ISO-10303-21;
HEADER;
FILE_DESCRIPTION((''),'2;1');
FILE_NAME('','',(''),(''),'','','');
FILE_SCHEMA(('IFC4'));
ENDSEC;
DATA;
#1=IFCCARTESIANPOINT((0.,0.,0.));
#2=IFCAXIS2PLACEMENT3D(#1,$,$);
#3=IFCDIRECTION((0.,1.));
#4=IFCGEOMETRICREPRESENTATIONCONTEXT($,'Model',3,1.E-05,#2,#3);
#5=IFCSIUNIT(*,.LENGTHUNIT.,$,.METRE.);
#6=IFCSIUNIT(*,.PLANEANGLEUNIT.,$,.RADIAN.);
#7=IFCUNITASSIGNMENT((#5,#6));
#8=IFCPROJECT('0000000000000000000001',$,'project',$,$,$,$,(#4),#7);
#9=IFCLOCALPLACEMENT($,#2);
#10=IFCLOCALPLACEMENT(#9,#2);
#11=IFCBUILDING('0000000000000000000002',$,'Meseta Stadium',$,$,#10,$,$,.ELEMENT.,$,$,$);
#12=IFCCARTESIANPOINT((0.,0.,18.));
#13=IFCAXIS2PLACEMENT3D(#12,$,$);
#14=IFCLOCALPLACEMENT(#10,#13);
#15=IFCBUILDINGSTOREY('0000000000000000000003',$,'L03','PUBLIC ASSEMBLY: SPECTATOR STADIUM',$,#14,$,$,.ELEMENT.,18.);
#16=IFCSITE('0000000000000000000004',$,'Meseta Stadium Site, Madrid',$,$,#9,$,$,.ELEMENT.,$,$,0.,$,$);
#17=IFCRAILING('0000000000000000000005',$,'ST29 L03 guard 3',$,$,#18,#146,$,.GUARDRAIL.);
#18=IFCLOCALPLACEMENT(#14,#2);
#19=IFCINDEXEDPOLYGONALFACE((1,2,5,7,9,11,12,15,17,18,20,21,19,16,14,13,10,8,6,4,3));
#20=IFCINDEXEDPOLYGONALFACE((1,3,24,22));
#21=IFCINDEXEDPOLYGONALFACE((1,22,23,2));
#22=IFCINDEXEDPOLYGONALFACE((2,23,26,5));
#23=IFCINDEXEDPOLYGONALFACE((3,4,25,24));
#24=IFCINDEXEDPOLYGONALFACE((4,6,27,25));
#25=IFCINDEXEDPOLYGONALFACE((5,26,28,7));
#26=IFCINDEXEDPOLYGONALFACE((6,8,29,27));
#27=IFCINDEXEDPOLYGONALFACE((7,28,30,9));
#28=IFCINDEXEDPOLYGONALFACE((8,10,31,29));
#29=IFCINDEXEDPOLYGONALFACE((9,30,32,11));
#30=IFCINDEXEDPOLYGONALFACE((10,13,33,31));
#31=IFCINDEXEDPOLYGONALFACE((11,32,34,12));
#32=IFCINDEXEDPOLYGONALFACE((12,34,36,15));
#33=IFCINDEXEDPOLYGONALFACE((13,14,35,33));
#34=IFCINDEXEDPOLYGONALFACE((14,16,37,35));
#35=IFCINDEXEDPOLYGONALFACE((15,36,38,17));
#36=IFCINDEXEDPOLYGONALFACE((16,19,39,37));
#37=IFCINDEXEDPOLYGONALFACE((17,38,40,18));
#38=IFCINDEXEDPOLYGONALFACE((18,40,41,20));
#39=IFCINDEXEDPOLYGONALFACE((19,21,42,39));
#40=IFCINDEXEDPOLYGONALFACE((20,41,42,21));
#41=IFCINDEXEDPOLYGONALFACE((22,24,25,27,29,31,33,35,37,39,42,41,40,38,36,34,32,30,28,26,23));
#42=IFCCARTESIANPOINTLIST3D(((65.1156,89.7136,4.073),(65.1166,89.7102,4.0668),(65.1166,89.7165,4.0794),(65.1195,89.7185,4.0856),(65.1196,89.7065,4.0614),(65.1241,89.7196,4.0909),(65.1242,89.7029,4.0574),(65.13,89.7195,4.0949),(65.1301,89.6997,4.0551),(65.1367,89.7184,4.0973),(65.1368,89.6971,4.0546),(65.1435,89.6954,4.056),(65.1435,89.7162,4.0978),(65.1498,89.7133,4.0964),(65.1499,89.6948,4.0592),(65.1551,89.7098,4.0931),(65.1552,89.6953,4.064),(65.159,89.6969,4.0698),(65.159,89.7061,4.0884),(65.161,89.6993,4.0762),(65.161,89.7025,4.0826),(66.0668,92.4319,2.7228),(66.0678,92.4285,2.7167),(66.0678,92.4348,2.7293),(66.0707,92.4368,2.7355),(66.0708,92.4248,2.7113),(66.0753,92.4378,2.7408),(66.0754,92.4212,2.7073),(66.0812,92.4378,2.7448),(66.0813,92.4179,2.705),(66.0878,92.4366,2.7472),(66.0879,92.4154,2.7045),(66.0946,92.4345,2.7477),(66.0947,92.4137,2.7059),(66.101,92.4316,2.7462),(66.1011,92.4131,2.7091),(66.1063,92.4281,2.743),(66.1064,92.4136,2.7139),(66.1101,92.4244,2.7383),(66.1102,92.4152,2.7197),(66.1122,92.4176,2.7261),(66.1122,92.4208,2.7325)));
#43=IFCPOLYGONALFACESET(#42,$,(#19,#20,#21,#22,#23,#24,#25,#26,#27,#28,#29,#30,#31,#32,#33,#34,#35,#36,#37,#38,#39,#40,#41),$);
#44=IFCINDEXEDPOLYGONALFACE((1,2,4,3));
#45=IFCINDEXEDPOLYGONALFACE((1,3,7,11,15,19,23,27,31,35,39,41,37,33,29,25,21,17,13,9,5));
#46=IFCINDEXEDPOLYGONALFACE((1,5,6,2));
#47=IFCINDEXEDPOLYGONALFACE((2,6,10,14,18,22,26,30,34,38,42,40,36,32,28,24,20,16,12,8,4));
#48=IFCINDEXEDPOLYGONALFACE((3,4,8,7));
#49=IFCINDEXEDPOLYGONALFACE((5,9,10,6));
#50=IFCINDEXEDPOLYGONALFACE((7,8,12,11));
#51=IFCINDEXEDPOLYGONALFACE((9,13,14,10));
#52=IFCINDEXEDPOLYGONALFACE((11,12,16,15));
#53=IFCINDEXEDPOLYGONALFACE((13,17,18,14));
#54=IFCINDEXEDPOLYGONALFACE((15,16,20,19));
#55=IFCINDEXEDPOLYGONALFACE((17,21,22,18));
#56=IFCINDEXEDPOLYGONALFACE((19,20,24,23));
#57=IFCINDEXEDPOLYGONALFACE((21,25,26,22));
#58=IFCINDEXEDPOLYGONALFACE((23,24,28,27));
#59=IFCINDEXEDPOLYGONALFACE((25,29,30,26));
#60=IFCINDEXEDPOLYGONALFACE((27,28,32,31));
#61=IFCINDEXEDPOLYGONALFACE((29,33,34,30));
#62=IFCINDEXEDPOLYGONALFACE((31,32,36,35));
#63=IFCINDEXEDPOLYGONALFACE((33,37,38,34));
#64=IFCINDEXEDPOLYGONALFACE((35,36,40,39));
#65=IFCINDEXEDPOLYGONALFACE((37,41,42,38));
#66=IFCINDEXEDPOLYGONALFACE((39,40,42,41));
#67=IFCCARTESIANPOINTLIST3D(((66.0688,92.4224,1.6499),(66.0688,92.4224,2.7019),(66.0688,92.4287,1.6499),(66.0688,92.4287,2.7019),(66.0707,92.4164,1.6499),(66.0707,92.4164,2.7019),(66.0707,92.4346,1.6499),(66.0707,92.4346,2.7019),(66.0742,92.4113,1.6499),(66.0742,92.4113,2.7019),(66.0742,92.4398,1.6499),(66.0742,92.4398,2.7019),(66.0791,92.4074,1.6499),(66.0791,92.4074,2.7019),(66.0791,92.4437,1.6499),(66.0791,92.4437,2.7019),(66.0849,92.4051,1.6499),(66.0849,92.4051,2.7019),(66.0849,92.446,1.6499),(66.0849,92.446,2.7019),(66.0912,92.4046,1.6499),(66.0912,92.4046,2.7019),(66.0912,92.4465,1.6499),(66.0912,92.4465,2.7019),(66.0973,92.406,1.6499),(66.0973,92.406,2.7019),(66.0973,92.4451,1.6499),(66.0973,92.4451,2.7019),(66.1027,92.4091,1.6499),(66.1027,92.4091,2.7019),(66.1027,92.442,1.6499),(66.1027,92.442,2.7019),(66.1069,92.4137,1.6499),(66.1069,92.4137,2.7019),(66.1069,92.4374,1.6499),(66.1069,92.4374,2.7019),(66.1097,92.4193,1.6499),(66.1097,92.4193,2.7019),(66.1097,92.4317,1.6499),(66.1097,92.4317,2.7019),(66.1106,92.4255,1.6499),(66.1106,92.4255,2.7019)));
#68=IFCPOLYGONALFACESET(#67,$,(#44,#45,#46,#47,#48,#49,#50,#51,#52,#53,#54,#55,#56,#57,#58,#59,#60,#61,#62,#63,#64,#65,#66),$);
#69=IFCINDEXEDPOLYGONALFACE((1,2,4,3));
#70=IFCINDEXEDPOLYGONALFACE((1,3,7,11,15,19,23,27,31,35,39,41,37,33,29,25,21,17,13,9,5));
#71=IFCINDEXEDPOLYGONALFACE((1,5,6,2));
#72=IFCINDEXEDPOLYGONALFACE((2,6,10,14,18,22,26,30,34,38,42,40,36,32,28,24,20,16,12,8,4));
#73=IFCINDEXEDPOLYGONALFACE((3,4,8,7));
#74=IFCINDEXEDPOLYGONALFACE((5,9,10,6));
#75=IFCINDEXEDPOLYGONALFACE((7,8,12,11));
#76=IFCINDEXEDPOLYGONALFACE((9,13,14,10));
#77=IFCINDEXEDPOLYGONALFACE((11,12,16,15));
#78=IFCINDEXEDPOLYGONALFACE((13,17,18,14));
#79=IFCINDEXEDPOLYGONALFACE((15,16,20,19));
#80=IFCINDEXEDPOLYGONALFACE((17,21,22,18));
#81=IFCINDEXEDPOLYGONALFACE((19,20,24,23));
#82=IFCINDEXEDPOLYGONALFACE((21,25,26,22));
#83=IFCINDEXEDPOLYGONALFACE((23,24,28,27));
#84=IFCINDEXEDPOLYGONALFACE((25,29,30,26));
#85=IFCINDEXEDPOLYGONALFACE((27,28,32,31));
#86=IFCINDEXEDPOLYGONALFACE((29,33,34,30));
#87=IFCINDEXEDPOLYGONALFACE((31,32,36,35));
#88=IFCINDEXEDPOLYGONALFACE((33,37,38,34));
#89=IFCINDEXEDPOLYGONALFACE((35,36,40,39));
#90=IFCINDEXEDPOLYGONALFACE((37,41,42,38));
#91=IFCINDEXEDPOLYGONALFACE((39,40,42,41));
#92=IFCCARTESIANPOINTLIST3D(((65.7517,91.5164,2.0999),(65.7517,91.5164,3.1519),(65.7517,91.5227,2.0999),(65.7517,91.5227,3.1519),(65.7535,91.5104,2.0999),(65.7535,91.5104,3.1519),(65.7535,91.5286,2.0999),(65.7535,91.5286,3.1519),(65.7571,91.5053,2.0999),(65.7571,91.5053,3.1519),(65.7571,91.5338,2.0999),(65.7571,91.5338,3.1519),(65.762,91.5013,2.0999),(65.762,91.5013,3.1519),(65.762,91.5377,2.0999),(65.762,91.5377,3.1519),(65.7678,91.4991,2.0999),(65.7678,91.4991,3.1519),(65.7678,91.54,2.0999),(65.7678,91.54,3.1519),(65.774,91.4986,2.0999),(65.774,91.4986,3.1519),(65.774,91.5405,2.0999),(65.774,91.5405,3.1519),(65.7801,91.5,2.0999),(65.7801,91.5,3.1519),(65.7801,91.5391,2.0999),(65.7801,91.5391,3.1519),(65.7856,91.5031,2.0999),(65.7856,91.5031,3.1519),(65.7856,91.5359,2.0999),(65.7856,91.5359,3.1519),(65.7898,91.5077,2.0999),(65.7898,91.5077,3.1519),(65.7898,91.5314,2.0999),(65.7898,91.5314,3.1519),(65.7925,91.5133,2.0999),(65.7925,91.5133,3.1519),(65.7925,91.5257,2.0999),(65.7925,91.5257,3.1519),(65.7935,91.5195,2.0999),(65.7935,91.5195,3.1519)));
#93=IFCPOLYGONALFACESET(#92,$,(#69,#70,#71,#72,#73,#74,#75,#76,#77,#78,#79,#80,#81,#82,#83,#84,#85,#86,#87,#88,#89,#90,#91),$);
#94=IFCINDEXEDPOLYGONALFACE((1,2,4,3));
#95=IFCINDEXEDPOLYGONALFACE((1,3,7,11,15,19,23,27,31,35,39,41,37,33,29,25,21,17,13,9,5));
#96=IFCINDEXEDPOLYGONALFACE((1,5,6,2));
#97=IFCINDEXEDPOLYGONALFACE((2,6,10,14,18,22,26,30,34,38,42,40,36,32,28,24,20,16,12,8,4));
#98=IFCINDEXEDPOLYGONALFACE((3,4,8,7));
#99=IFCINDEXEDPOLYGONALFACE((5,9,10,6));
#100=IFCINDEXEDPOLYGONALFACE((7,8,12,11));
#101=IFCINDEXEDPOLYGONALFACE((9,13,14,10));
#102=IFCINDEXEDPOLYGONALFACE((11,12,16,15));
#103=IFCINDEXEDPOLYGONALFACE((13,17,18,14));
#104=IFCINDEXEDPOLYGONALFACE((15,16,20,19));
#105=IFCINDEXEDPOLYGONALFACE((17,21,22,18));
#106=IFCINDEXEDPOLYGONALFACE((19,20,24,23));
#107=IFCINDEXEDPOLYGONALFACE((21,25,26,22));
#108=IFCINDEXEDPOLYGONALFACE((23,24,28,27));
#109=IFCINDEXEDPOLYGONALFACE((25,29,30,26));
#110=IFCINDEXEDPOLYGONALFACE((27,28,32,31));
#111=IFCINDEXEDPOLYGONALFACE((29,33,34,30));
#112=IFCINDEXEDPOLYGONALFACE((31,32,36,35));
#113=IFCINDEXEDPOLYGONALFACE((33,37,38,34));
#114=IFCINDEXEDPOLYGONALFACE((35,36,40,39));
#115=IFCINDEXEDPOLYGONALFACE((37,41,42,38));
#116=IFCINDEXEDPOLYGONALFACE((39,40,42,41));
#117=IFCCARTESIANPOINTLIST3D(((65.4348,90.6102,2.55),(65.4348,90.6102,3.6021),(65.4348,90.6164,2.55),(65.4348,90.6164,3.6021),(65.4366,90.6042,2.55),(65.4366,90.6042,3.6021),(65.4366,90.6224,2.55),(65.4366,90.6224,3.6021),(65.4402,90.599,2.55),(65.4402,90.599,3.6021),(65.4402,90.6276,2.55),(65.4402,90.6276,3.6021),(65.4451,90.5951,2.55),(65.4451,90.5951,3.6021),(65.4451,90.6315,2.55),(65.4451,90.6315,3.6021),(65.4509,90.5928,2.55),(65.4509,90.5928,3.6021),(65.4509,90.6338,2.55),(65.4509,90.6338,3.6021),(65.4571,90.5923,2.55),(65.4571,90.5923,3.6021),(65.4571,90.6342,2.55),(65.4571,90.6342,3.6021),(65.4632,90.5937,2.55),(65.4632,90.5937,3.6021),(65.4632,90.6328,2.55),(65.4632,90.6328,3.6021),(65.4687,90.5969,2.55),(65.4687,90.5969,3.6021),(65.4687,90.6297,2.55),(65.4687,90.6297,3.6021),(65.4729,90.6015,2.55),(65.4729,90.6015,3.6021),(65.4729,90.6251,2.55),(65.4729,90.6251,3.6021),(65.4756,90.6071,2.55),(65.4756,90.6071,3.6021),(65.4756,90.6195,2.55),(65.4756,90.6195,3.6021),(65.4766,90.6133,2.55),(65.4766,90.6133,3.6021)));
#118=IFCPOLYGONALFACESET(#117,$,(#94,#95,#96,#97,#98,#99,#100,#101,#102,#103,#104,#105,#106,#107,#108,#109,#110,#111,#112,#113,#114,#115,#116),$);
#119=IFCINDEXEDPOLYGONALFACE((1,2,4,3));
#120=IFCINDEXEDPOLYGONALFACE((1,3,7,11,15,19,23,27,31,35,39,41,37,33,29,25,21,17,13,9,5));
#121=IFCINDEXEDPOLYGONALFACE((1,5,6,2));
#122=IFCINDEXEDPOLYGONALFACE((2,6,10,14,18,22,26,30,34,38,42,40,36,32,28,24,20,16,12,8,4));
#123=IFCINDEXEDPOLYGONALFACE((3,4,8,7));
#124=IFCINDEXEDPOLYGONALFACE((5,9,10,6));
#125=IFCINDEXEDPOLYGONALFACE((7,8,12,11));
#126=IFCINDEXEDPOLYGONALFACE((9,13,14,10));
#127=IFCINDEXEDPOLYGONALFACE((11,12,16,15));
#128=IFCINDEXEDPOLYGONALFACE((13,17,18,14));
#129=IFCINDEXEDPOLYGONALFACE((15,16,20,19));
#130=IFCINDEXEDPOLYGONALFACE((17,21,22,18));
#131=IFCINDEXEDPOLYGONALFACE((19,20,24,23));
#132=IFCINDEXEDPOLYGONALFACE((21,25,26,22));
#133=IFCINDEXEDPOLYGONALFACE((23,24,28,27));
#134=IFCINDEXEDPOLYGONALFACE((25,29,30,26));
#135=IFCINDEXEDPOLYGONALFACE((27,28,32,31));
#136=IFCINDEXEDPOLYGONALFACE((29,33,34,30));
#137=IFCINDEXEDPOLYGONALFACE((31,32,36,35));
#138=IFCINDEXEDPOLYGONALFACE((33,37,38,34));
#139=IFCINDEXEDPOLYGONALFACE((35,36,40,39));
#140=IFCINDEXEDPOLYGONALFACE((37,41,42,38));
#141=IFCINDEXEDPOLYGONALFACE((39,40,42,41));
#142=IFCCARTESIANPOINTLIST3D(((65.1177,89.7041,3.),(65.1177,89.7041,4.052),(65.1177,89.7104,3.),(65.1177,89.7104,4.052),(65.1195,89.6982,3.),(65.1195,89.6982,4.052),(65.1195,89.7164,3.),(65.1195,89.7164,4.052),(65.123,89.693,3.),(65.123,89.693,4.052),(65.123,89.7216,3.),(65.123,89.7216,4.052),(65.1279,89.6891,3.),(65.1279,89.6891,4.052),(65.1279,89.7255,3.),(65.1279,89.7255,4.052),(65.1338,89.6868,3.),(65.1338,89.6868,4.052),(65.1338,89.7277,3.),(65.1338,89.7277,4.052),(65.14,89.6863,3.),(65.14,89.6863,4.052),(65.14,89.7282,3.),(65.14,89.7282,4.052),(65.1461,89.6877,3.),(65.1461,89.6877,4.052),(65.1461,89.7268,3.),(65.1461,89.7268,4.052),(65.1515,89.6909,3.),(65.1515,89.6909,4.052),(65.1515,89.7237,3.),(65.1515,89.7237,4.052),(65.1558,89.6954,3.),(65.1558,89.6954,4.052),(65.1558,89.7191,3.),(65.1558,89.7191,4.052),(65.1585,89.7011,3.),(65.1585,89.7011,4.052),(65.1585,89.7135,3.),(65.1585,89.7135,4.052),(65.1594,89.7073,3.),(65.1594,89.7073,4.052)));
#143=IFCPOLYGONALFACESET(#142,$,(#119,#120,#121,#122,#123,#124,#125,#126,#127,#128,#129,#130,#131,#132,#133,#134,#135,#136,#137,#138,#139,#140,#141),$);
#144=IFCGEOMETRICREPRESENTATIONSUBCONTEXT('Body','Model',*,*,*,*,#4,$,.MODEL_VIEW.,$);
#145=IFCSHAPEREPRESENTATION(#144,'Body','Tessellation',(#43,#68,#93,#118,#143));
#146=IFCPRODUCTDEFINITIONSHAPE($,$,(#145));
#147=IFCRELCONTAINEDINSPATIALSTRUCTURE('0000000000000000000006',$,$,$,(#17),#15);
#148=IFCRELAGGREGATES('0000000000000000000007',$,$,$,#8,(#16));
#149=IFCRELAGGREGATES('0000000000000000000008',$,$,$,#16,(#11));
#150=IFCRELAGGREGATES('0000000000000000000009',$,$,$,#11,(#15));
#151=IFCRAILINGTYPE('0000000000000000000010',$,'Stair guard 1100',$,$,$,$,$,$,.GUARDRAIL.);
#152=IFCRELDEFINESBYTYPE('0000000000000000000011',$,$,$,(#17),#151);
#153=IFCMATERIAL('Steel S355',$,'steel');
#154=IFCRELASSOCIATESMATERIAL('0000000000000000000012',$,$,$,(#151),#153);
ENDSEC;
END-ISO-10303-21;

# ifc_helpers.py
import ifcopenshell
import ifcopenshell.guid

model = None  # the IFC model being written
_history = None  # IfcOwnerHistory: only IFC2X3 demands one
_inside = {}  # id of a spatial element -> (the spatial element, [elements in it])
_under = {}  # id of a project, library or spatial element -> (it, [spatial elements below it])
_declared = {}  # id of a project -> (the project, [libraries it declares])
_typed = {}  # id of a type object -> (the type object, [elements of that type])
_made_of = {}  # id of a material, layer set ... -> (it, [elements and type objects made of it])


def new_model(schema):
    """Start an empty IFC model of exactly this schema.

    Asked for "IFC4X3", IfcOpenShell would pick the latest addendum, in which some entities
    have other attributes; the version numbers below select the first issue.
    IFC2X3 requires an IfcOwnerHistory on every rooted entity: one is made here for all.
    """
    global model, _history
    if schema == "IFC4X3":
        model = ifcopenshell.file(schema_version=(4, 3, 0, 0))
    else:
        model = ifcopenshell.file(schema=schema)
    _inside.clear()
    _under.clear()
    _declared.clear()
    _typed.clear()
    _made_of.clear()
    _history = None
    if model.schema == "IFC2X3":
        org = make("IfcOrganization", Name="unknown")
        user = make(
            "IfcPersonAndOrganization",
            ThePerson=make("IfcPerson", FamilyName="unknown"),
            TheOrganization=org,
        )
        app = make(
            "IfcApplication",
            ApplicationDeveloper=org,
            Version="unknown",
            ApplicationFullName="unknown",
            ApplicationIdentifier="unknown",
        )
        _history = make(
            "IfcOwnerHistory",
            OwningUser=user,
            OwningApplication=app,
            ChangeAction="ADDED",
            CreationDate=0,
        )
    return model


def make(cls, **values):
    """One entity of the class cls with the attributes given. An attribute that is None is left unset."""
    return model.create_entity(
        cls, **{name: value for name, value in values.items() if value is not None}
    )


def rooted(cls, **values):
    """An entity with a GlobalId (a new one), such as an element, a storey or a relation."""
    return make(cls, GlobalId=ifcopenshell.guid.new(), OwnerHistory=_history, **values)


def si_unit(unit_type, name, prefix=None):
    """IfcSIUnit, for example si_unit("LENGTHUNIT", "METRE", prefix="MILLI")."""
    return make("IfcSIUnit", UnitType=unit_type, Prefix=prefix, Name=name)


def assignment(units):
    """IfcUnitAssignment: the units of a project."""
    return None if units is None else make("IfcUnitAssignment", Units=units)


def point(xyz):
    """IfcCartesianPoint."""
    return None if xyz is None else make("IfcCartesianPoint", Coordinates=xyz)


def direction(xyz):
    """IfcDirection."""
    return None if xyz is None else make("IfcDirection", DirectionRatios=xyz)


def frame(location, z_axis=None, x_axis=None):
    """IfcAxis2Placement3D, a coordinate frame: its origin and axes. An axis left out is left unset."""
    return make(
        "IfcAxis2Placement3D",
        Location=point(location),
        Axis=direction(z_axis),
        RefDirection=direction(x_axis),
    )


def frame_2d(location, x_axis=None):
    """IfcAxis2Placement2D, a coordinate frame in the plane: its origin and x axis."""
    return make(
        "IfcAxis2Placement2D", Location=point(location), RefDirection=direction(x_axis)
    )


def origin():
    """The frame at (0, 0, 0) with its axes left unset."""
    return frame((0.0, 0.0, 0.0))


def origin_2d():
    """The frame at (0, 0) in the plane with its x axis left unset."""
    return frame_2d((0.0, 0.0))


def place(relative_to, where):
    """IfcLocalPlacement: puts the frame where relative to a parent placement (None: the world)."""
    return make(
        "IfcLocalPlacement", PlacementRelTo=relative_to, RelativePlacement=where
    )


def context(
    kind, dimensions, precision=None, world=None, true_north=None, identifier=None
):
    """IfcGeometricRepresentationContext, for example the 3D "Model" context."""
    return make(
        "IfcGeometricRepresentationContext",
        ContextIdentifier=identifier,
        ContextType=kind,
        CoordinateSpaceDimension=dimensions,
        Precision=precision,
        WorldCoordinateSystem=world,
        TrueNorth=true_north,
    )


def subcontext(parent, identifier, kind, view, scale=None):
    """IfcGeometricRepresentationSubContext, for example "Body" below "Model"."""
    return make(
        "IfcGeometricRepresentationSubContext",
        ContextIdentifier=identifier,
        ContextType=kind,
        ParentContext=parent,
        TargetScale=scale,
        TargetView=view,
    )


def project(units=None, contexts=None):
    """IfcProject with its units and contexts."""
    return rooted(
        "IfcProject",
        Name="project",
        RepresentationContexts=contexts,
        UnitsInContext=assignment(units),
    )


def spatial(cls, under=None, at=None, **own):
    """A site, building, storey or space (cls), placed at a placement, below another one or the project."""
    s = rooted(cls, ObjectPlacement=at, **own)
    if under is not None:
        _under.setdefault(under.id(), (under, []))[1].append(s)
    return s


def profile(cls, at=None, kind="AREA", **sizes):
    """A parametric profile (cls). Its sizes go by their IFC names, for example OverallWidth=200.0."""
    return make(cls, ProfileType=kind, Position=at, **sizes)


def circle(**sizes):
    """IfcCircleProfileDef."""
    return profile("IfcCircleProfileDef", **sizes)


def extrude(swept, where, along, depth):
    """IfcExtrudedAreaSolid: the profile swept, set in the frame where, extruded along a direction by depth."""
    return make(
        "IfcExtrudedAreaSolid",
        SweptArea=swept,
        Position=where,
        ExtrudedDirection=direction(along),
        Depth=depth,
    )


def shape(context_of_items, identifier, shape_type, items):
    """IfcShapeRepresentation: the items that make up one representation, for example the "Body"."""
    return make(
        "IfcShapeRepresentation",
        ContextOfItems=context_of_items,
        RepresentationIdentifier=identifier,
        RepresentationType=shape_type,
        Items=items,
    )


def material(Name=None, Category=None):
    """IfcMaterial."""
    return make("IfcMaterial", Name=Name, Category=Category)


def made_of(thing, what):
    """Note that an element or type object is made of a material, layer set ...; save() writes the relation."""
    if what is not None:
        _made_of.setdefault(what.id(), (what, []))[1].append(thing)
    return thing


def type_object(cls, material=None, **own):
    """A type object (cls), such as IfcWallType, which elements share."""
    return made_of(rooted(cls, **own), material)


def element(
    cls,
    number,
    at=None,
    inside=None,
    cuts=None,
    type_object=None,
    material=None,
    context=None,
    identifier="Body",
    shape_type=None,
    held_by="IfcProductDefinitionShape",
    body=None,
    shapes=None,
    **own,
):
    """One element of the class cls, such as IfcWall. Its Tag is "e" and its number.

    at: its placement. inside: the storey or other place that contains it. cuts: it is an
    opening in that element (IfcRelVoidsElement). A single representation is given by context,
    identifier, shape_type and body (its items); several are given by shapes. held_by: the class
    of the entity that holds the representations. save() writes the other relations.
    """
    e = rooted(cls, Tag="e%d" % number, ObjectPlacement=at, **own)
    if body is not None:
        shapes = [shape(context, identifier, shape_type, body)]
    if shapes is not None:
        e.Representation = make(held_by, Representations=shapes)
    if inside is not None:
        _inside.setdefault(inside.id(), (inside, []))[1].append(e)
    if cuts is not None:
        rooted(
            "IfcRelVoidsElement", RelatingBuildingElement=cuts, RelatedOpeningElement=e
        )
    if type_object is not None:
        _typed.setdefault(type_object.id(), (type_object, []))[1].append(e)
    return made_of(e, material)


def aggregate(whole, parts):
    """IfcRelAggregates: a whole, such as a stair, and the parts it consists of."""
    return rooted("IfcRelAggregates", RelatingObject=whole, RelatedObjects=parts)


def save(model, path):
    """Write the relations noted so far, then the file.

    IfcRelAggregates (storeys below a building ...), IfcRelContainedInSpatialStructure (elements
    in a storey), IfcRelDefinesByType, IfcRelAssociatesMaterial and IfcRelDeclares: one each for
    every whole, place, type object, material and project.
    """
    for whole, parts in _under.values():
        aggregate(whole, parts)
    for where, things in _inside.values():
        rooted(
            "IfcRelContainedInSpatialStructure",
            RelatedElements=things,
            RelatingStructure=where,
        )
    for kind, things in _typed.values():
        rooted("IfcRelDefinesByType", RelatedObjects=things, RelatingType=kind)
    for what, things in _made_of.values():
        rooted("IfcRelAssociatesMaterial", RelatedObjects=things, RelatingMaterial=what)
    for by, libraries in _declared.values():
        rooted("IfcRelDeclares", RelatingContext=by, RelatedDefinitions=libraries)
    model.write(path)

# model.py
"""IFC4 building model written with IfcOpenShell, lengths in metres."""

from ifc_helpers import new_model, si_unit, direction, frame, origin, origin_2d, place, context, subcontext, project, spatial, circle, extrude, material, type_object, element, save


model = new_model("IFC4")

# Units and contexts
model_context = context("Model", 3, precision=1e-05, world=origin(), true_north=direction((0.0, 1.0)))
body_context = subcontext(model_context, "Body", "Model", "MODEL_VIEW")
ifc_project = project(units=[si_unit("LENGTHUNIT", "METRE"), si_unit("PLANEANGLEUNIT", "RADIAN")], contexts=[model_context])

# Site, building, storey
site_placement = place(None, origin())
site = spatial("IfcSite", under=ifc_project, at=site_placement, Name="Meseta Stadium Site, Madrid", CompositionType="ELEMENT", RefElevation=0.0)
building_placement = place(site_placement, origin())
building = spatial("IfcBuilding", under=site, at=building_placement, Name="Meseta Stadium", CompositionType="ELEMENT")
storey_placement = place(building_placement, frame((0.0, 0.0, 18.0)))
storey = spatial("IfcBuildingStorey", under=building, at=storey_placement, Name="L03", Description="PUBLIC ASSEMBLY: SPECTATOR STADIUM", CompositionType="ELEMENT", Elevation=18.0)

# Railing
ifc_material_1 = material(Name="Steel S355", Category="steel")
railing_type_1 = type_object("IfcRailingType", Name="Stair guard 1100", PredefinedType="GUARDRAIL", material=ifc_material_1)
railing_1_placement = place(storey_placement, frame((66.0896, 92.4255, 1.6499)))
element("IfcRailing", 1, at=railing_1_placement, inside=storey, type_object=railing_type_1, Name="ST29 L03 guard 3", PredefinedType="GUARDRAIL", context=body_context, shape_type="SweptSolid", body=[
    extrude(circle(Radius=0.0239, at=origin_2d()), frame((0.0, 0.0, 1.0762), z_axis=(-0.299051, -0.854629, 0.424474), x_axis=(0.943882, -0.330282, 0.0)), (0.0, 0.0, 1.0), 3.1807),
    extrude(circle(Radius=0.021, at=origin_2d()), origin(), (0.0, 0.0, 1.0), 1.052),
    extrude(circle(Radius=0.021, at=origin_2d()), frame((-0.3171, -0.906, 0.45)), (0.0, 0.0, 1.0), 1.052),
    extrude(circle(Radius=0.021, at=origin_2d()), frame((-0.634, -1.8123, 0.9001)), (0.0, 0.0, 1.0), 1.052),
    extrude(circle(Radius=0.021, at=origin_2d()), frame((-0.9512, -2.7183, 1.3501)), (0.0, 0.0, 1.0), 1.052),
])

save(model, "model.ifc")
